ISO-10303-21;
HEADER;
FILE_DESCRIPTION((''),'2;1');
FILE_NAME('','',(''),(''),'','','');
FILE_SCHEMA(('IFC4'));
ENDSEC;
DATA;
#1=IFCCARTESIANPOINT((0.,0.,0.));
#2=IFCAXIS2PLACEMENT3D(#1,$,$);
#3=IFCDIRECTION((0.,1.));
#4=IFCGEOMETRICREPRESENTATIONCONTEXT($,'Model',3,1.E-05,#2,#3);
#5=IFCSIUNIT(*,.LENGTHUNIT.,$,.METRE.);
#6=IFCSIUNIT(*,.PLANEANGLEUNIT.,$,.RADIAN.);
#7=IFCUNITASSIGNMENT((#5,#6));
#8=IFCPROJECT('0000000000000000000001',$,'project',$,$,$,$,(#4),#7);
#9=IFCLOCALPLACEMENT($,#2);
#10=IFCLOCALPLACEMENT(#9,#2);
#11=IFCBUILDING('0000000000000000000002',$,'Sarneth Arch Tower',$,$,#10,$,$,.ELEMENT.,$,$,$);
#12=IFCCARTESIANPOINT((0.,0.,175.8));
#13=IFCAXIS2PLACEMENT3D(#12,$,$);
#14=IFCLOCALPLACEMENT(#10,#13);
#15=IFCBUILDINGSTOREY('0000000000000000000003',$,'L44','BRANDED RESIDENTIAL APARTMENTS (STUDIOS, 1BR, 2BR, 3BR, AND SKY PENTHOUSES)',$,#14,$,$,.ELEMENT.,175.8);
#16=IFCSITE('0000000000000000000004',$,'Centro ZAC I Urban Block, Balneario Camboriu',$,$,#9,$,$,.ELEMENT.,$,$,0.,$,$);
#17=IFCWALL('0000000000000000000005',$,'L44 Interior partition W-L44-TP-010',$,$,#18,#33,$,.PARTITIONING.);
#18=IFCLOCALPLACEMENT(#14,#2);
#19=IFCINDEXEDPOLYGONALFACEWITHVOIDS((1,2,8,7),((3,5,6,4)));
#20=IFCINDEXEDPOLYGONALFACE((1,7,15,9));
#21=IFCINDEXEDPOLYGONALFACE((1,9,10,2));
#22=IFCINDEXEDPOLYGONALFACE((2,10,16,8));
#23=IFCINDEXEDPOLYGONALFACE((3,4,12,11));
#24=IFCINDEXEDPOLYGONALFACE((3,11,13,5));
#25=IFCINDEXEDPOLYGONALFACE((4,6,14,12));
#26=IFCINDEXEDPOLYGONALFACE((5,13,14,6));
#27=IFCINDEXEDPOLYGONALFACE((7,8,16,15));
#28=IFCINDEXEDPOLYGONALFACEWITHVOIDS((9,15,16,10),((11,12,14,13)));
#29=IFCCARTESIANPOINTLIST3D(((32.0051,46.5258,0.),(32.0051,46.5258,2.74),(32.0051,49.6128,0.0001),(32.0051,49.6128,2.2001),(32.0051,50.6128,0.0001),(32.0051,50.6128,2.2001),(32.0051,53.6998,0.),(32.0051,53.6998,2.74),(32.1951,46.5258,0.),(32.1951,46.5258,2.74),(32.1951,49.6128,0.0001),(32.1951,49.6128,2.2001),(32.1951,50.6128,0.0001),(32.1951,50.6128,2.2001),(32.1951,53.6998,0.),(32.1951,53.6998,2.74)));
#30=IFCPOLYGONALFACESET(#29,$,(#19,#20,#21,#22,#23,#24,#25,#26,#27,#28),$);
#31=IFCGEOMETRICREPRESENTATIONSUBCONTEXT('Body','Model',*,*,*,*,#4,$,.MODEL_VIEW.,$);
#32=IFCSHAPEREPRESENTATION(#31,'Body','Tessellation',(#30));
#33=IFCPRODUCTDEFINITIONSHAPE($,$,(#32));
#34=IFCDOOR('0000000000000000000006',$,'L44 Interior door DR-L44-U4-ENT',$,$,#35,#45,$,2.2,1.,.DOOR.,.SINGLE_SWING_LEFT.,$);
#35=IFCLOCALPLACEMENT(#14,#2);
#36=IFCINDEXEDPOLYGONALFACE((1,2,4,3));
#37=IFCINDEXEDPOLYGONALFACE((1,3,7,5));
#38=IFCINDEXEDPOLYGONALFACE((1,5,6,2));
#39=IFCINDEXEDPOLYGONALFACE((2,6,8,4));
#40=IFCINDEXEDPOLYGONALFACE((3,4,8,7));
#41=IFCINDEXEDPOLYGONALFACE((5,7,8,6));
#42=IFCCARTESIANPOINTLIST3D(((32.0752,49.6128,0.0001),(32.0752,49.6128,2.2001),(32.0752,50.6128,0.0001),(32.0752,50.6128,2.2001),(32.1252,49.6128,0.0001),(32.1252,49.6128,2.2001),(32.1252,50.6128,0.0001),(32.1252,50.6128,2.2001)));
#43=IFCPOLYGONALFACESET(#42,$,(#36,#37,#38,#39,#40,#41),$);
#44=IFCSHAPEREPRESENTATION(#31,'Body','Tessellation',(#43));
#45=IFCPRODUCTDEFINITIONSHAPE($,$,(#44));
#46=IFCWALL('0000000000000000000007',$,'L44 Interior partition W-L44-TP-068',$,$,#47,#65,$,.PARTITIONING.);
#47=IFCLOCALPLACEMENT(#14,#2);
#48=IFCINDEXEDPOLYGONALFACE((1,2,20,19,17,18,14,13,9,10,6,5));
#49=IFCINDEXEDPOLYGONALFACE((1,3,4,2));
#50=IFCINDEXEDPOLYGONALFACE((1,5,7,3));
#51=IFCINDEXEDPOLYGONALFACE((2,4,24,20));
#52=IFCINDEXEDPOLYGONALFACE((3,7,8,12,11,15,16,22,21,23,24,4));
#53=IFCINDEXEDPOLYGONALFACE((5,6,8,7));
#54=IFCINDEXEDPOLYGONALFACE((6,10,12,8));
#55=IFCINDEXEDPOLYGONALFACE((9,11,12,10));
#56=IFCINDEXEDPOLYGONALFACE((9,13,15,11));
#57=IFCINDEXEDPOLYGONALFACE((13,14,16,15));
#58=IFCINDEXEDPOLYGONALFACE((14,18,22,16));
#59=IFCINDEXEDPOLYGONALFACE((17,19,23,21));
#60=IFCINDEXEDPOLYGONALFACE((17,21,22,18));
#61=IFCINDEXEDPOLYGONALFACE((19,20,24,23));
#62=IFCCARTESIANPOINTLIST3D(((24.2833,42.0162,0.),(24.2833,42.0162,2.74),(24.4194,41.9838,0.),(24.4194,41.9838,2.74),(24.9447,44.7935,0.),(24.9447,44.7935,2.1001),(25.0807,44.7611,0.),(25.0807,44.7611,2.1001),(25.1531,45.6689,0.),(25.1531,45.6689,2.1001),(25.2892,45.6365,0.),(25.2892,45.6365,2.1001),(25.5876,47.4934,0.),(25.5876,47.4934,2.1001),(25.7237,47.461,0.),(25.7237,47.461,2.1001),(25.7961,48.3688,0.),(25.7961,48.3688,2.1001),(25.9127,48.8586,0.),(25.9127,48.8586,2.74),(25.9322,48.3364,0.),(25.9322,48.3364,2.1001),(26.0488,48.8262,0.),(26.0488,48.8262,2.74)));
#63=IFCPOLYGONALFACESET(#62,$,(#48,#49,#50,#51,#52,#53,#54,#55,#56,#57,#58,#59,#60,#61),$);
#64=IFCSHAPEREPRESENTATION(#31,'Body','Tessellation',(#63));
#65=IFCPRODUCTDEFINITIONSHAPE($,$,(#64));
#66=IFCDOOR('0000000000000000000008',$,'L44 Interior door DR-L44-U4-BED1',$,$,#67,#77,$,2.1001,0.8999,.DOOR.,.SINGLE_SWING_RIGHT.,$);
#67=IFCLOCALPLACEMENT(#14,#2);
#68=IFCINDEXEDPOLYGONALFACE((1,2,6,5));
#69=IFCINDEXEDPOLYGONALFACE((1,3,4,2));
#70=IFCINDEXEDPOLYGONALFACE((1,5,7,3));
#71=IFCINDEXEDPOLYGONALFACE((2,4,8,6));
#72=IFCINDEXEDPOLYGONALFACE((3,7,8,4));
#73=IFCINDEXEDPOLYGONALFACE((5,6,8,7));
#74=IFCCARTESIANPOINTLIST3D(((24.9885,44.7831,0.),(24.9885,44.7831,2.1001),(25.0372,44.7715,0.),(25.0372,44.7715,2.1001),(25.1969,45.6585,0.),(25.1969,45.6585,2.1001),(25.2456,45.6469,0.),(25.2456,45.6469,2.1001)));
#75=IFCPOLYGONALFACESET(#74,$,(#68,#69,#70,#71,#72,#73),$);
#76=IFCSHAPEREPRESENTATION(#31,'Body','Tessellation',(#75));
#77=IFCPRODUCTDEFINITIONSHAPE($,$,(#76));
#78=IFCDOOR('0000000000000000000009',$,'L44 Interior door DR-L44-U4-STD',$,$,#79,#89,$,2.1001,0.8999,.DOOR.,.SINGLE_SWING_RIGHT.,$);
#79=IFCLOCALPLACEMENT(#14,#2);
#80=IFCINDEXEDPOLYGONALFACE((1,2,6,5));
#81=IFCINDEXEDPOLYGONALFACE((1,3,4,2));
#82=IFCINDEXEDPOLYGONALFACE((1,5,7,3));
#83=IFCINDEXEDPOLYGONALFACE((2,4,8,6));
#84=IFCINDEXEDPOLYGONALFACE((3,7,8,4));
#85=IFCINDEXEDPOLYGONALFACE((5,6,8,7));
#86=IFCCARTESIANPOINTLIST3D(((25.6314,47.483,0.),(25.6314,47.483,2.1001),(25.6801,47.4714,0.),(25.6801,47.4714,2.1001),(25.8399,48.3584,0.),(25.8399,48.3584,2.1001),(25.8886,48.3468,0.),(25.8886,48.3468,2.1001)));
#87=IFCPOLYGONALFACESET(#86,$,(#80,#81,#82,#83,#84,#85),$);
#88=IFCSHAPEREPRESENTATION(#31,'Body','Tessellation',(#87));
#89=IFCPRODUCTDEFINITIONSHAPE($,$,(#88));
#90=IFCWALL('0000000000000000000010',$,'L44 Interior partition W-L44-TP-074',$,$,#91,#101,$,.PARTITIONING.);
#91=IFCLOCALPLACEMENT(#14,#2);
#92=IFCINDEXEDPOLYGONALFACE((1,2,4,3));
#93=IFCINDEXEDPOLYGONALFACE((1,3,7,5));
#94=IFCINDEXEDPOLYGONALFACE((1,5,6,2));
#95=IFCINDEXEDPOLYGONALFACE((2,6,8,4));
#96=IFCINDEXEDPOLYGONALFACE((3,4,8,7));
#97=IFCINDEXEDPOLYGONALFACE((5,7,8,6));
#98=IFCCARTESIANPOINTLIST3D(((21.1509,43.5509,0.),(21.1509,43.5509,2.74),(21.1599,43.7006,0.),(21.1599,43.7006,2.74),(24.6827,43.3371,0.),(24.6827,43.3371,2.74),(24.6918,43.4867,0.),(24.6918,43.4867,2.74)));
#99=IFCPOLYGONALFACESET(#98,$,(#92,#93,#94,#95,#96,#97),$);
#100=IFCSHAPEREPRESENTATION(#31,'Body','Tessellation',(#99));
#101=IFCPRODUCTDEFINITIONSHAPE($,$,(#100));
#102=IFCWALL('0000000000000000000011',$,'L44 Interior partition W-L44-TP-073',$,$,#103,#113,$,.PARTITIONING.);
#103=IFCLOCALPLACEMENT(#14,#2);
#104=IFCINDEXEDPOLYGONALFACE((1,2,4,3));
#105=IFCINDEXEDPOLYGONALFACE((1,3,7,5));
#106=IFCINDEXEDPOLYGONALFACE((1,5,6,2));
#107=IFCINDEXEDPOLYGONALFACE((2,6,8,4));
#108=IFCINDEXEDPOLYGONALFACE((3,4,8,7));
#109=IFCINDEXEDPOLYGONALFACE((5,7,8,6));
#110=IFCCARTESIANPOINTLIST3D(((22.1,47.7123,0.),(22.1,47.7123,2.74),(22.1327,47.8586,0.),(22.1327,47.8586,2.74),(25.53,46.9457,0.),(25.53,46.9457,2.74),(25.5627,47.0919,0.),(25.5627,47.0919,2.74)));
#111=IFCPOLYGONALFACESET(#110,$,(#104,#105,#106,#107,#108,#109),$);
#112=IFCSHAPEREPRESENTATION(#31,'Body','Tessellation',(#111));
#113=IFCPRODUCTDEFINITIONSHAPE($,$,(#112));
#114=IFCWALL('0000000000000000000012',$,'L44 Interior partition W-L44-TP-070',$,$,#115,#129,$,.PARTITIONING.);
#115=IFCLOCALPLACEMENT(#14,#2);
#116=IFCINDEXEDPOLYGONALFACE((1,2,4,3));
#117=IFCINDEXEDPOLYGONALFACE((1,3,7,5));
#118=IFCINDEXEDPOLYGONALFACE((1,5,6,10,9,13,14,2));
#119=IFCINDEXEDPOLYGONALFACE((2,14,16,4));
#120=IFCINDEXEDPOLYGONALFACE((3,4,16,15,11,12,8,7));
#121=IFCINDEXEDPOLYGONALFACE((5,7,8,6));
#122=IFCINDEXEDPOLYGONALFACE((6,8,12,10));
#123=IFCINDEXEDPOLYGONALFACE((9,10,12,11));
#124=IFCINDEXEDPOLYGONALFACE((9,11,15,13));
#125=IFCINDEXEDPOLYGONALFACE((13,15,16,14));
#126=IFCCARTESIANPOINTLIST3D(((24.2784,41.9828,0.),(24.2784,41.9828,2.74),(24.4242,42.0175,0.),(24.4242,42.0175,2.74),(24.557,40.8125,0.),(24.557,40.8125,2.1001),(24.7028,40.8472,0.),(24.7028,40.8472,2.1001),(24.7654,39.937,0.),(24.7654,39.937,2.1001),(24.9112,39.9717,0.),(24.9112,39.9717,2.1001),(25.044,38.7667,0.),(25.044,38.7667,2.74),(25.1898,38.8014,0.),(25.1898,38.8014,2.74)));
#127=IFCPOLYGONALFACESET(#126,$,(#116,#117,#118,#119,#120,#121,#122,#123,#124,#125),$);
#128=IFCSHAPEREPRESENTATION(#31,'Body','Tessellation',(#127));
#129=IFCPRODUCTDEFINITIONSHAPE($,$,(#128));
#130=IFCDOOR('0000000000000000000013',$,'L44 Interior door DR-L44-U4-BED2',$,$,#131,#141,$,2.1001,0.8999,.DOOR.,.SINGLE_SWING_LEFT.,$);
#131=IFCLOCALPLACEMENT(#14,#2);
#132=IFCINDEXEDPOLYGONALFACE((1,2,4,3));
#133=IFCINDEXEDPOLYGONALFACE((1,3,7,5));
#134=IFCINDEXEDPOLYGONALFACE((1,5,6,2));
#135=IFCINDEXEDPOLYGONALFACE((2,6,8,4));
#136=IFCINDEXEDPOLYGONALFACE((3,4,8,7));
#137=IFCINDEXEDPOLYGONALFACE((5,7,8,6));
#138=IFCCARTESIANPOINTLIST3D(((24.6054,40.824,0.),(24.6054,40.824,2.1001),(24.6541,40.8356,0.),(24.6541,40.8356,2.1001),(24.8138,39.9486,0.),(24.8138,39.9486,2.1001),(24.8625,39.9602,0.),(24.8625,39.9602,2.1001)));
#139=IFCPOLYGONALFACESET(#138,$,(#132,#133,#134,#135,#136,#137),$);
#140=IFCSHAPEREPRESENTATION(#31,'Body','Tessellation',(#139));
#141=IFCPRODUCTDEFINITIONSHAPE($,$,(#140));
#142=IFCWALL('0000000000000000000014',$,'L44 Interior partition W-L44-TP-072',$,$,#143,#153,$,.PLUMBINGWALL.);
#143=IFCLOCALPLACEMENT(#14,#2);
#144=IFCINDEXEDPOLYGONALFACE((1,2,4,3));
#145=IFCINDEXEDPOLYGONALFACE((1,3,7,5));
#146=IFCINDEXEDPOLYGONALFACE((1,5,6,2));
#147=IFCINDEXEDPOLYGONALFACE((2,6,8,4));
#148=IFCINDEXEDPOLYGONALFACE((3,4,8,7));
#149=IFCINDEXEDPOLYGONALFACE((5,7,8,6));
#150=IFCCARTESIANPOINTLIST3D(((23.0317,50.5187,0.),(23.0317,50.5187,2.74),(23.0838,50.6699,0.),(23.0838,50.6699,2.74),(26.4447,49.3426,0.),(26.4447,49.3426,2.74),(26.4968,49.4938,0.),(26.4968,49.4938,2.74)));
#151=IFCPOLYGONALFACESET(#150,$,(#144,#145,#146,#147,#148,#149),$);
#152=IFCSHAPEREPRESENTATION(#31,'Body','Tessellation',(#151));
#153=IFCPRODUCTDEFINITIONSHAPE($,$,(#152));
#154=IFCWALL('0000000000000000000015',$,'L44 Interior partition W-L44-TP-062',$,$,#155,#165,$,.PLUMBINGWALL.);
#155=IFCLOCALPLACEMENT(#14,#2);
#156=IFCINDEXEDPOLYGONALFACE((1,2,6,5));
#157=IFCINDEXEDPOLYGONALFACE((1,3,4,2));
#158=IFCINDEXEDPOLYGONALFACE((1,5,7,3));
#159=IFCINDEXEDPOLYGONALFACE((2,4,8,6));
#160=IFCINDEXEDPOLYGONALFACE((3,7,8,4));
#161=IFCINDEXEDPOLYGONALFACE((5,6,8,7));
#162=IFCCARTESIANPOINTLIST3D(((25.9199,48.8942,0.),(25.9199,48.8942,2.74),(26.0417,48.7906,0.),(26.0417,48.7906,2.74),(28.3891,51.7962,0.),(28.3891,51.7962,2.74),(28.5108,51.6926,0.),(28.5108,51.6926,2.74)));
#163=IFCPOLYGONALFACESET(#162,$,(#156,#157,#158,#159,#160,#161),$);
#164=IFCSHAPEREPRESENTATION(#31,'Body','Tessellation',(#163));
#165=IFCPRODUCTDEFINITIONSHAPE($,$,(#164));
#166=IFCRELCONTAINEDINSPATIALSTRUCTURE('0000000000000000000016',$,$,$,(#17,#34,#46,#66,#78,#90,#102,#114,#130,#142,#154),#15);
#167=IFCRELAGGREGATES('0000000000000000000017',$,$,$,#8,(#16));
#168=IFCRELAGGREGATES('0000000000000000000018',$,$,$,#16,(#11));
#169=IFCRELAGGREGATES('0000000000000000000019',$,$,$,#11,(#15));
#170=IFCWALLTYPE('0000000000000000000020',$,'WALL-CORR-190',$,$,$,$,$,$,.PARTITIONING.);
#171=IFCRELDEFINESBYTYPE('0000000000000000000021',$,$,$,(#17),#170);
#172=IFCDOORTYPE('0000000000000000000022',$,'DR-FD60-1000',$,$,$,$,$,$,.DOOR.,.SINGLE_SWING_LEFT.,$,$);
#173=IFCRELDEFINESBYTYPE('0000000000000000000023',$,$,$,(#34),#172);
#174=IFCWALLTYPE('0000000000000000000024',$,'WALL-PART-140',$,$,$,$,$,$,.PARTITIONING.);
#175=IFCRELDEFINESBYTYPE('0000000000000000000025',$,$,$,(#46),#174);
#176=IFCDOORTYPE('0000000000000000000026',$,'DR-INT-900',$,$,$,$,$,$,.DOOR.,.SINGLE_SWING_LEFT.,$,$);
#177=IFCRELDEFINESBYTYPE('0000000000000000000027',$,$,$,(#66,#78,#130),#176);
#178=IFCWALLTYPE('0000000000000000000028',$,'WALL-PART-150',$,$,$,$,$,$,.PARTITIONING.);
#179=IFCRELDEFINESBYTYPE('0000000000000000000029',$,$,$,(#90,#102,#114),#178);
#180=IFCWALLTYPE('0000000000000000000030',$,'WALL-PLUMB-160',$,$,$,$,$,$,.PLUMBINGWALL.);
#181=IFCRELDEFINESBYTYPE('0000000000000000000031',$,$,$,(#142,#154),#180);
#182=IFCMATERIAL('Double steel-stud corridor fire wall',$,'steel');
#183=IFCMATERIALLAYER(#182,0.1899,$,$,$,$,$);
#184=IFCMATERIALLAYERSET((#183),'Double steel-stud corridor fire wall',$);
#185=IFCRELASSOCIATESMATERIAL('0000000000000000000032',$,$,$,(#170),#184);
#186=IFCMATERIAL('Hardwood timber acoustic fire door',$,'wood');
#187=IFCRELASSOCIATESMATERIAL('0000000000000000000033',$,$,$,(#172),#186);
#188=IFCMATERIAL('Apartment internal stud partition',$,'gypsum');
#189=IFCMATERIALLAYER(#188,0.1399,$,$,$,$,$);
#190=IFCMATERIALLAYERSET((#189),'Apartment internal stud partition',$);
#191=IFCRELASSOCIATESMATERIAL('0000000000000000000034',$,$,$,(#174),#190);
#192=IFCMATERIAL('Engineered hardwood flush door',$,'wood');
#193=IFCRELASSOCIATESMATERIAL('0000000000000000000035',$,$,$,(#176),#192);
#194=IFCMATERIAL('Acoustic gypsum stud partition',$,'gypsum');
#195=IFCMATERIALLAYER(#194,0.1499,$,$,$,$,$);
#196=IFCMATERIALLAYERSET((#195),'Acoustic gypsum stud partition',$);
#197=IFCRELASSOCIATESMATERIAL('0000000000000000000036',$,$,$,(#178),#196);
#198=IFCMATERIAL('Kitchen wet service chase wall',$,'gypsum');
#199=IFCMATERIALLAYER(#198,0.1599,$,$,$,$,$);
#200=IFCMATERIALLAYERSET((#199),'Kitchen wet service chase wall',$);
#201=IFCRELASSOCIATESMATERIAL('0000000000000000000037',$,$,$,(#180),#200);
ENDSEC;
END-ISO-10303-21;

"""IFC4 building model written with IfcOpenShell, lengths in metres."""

from ifc_helpers import new_model, si_unit, direction, frame, frame_2d, origin, place, context, subcontext, project, spatial, rectangle, extrude, material, layer, layer_set, type_object, element, fill, save


model = new_model("IFC4")

# Units and contexts
model_context = context("Model", 3, precision=1e-05, world=origin(), true_north=direction((0.0, 1.0)))
body_context = subcontext(model_context, "Body", "Model", "MODEL_VIEW")
ifc_project = project(units=[si_unit("LENGTHUNIT", "METRE"), si_unit("PLANEANGLEUNIT", "RADIAN")], contexts=[model_context])

# Site, building, storey
site_placement = place(None, origin())
site = spatial("IfcSite", under=ifc_project, at=site_placement, Name="Centro ZAC I Urban Block, Balneario Camboriu", CompositionType="ELEMENT", RefElevation=0.0)
building_placement = place(site_placement, origin())
building = spatial("IfcBuilding", under=site, at=building_placement, Name="Sarneth Arch Tower", CompositionType="ELEMENT")
storey_placement = place(building_placement, frame((0.0, 0.0, 175.8)))
storey = spatial("IfcBuildingStorey", under=building, at=storey_placement, Name="L44", Description="BRANDED RESIDENTIAL APARTMENTS (STUDIOS, 1BR, 2BR, 3BR, AND SKY PENTHOUSES)", CompositionType="ELEMENT", Elevation=175.8)

# Shared definitions
ifc_material_1 = material(Name="Double steel-stud corridor fire wall", Category="steel")
ifc_layer_1 = layer(ifc_material_1, 0.1899)
ifc_layer_set_1 = layer_set([ifc_layer_1], Name="Double steel-stud corridor fire wall")
wall_type_1 = type_object("IfcWallType", Name="WALL-CORR-190", PredefinedType="PARTITIONING", material=ifc_layer_set_1)

# Wall, opening, door
wall_1_placement = place(storey_placement, frame((32.1001, 46.5259, 0.0), z_axis=(0.0, 0.0, 1.0), x_axis=(0.0, 1.0, 0.0)))
wall_1 = element("IfcWall", 1, at=wall_1_placement, inside=storey, type_object=wall_type_1, Name="L44 Interior partition W-L44-TP-010", PredefinedType="PARTITIONING", context=body_context, shape_type="SweptSolid", body=[
    extrude(rectangle(XDim=7.1741, YDim=0.1899, at=frame_2d((3.5869, 0.0))), origin(), (0.0, 0.0, 1.0), 2.74),
])
opening_1_placement = place(wall_1_placement, frame((3.0869, 0.0, 0.0)))
opening_1 = element("IfcOpeningElement", 2, at=opening_1_placement, cuts=wall_1, PredefinedType="OPENING", context=body_context, shape_type="SweptSolid", body=[
    extrude(rectangle(XDim=1.0, YDim=2.2, at=frame_2d((0.5, 1.1001))), frame((0.0, 0.105, 0.0), z_axis=(0.0, -1.0, 0.0), x_axis=(1.0, 0.0, 0.0)), (0.0, 0.0, 1.0), 0.21),
])
ifc_material_2 = material(Name="Hardwood timber acoustic fire door", Category="wood")
door_type_1 = type_object("IfcDoorType", Name="DR-FD60-1000", OperationType="SINGLE_SWING_LEFT", PredefinedType="DOOR", material=ifc_material_2)
door_1_placement = place(opening_1_placement, origin())
door_1 = element("IfcDoor", 3, at=door_1_placement, inside=storey, type_object=door_type_1, Name="L44 Interior door DR-L44-U4-ENT", OperationType="SINGLE_SWING_LEFT", OverallHeight=2.2, OverallWidth=1.0, PredefinedType="DOOR", context=body_context, shape_type="SweptSolid", body=[
    extrude(rectangle(XDim=1.0, YDim=2.2, at=frame_2d((0.5, 1.1001))), frame((0.0, 0.0249, 0.0), z_axis=(0.0, -1.0, 0.0), x_axis=(1.0, 0.0, 0.0)), (0.0, 0.0, 1.0), 0.05),
])
fill(opening_1, door_1)

# Wall, openings, doors
ifc_material_3 = material(Name="Apartment internal stud partition", Category="gypsum")
ifc_layer_2 = layer(ifc_material_3, 0.1399)
ifc_layer_set_2 = layer_set([ifc_layer_2], Name="Apartment internal stud partition")
wall_type_2 = type_object("IfcWallType", Name="WALL-PART-140", PredefinedType="PARTITIONING", material=ifc_layer_set_2)
wall_2_placement = place(storey_placement, frame((24.3513, 42.0, 0.0), z_axis=(0.0, 0.0, 1.0), x_axis=(0.231658, 0.972797, 0.0)))
wall_2 = element("IfcWall", 4, at=wall_2_placement, inside=storey, type_object=wall_type_2, Name="L44 Interior partition W-L44-TP-068", PredefinedType="PARTITIONING", context=body_context, shape_type="SweptSolid", body=[
    extrude(rectangle(XDim=7.0337, YDim=0.1399, at=frame_2d((3.5168, 0.0))), origin(), (0.0, 0.0, 1.0), 2.74),
])
opening_2_placement = place(wall_2_placement, frame((2.855, 0.0, 0.0)))
opening_2 = element("IfcOpeningElement", 5, at=opening_2_placement, cuts=wall_2, PredefinedType="OPENING", context=body_context, shape_type="SweptSolid", body=[
    extrude(rectangle(XDim=0.8999, YDim=2.1001, at=frame_2d((0.45, 1.05))), frame((0.0, 0.0798, 0.0), z_axis=(0.0, -1.0, 0.0), x_axis=(1.0, 0.0, 0.0)), (0.0, 0.0, 1.0), 0.1599),
])
opening_3_placement = place(wall_2_placement, frame((5.6304, 0.0, 0.0)))
opening_3 = element("IfcOpeningElement", 6, at=opening_3_placement, cuts=wall_2, PredefinedType="OPENING", context=body_context, shape_type="SweptSolid", body=[
    extrude(rectangle(XDim=0.8999, YDim=2.1001, at=frame_2d((0.45, 1.05))), frame((0.0, 0.0798, 0.0), z_axis=(0.0, -1.0, 0.0), x_axis=(1.0, 0.0, 0.0)), (0.0, 0.0, 1.0), 0.1599),
])
ifc_material_4 = material(Name="Engineered hardwood flush door", Category="wood")
door_type_2 = type_object("IfcDoorType", Name="DR-INT-900", OperationType="SINGLE_SWING_LEFT", PredefinedType="DOOR", material=ifc_material_4)
door_2_placement = place(opening_2_placement, origin())
door_2 = element("IfcDoor", 7, at=door_2_placement, inside=storey, type_object=door_type_2, Name="L44 Interior door DR-L44-U4-BED1", OperationType="SINGLE_SWING_RIGHT", OverallHeight=2.1001, OverallWidth=0.8999, PredefinedType="DOOR", context=body_context, shape_type="SweptSolid", body=[
    extrude(rectangle(XDim=0.8999, YDim=2.1001, at=frame_2d((0.45, 1.05))), frame((0.0, 0.0249, 0.0), z_axis=(0.0, -1.0, 0.0), x_axis=(1.0, 0.0, 0.0)), (0.0, 0.0, 1.0), 0.05),
])
fill(opening_2, door_2)
door_3_placement = place(opening_3_placement, origin())
door_3 = element("IfcDoor", 8, at=door_3_placement, inside=storey, type_object=door_type_2, Name="L44 Interior door DR-L44-U4-STD", OperationType="SINGLE_SWING_RIGHT", OverallHeight=2.1001, OverallWidth=0.8999, PredefinedType="DOOR", context=body_context, shape_type="SweptSolid", body=[
    extrude(rectangle(XDim=0.8999, YDim=2.1001, at=frame_2d((0.45, 1.05))), frame((0.0, 0.0249, 0.0), z_axis=(0.0, -1.0, 0.0), x_axis=(1.0, 0.0, 0.0)), (0.0, 0.0, 1.0), 0.05),
])
fill(opening_3, door_3)

# Walls
ifc_material_5 = material(Name="Acoustic gypsum stud partition", Category="gypsum")
ifc_layer_3 = layer(ifc_material_5, 0.1499)
ifc_layer_set_3 = layer_set([ifc_layer_3], Name="Acoustic gypsum stud partition")
wall_type_3 = type_object("IfcWallType", Name="WALL-PART-150", PredefinedType="PARTITIONING", material=ifc_layer_set_3)
wall_3_placement = place(storey_placement, frame((21.1555, 43.6257, 0.0), z_axis=(0.0, 0.0, 1.0), x_axis=(0.998172, -0.060441, 0.0)))
element("IfcWall", 9, at=wall_3_placement, inside=storey, type_object=wall_type_3, Name="L44 Interior partition W-L44-TP-074", PredefinedType="PARTITIONING", context=body_context, shape_type="SweptSolid", body=[
    extrude(rectangle(XDim=3.5383, YDim=0.1499, at=frame_2d((1.769, 0.0))), origin(), (0.0, 0.0, 1.0), 2.74),
])
wall_4_placement = place(storey_placement, frame((25.5464, 47.0188, 0.0), z_axis=(0.0, 0.0, 1.0), x_axis=(-0.975922, 0.218122, 0.0)))
element("IfcWall", 10, at=wall_4_placement, inside=storey, type_object=wall_type_3, Name="L44 Interior partition W-L44-TP-073", PredefinedType="PARTITIONING", context=body_context, shape_type="SweptSolid", body=[
    extrude(rectangle(XDim=3.5146, YDim=0.1499, at=frame_2d((1.7573, 0.0))), origin(), (0.0, 0.0, 1.0), 2.74),
])

# Wall, opening, door
wall_5_placement = place(storey_placement, frame((24.3513, 42.0, 0.0), z_axis=(0.0, 0.0, 1.0), x_axis=(0.231591, -0.972813, 0.0)))
wall_5 = element("IfcWall", 11, at=wall_5_placement, inside=storey, type_object=wall_type_3, Name="L44 Interior partition W-L44-TP-070", PredefinedType="PARTITIONING", context=body_context, shape_type="SweptSolid", body=[
    extrude(rectangle(XDim=3.3059, YDim=0.1499, at=frame_2d((1.6528, 0.0))), origin(), (0.0, 0.0, 1.0), 2.74),
])
opening_4_placement = place(wall_5_placement, frame((1.2029, 0.0, 0.0)))
opening_4 = element("IfcOpeningElement", 12, at=opening_4_placement, cuts=wall_5, PredefinedType="OPENING", context=body_context, shape_type="SweptSolid", body=[
    extrude(rectangle(XDim=0.8999, YDim=2.1001, at=frame_2d((0.45, 1.05))), frame((0.0, 0.085, 0.0), z_axis=(0.0, -1.0, 0.0), x_axis=(1.0, 0.0, 0.0)), (0.0, 0.0, 1.0), 0.1699),
])
door_4_placement = place(opening_4_placement, origin())
door_4 = element("IfcDoor", 13, at=door_4_placement, inside=storey, type_object=door_type_2, Name="L44 Interior door DR-L44-U4-BED2", OperationType="SINGLE_SWING_LEFT", OverallHeight=2.1001, OverallWidth=0.8999, PredefinedType="DOOR", context=body_context, shape_type="SweptSolid", body=[
    extrude(rectangle(XDim=0.8999, YDim=2.1001, at=frame_2d((0.45, 1.05))), frame((0.0, 0.0249, 0.0), z_axis=(0.0, -1.0, 0.0), x_axis=(1.0, 0.0, 0.0)), (0.0, 0.0, 1.0), 0.05),
])
fill(opening_4, door_4)

# Walls
ifc_material_6 = material(Name="Kitchen wet service chase wall", Category="gypsum")
ifc_layer_4 = layer(ifc_material_6, 0.1599)
ifc_layer_set_4 = layer_set([ifc_layer_4], Name="Kitchen wet service chase wall")
wall_type_4 = type_object("IfcWallType", Name="WALL-PLUMB-160", PredefinedType="PLUMBINGWALL", material=ifc_layer_set_4)
wall_6_placement = place(storey_placement, frame((26.4707, 49.4182, 0.0), z_axis=(0.0, 0.0, 1.0), x_axis=(-0.945443, 0.325788, 0.0)))
element("IfcWall", 14, at=wall_6_placement, inside=storey, type_object=wall_type_4, Name="L44 Interior partition W-L44-TP-072", PredefinedType="PLUMBINGWALL", context=body_context, shape_type="SweptSolid", body=[
    extrude(rectangle(XDim=3.6099, YDim=0.1599, at=frame_2d((1.8049, 0.0))), origin(), (0.0, 0.0, 1.0), 2.74),
])
wall_7_placement = place(storey_placement, frame((25.9807, 48.8423, 0.0), z_axis=(0.0, 0.0, 1.0), x_axis=(0.648022, 0.761621, 0.0)))
element("IfcWall", 15, at=wall_7_placement, inside=storey, type_object=wall_type_4, Name="L44 Interior partition W-L44-TP-062", PredefinedType="PLUMBINGWALL", context=body_context, shape_type="SweptSolid", body=[
    extrude(rectangle(XDim=3.8103, YDim=0.1599, at=frame_2d((1.9053, 0.0))), origin(), (0.0, 0.0, 1.0), 2.74),
])

save(model, "model.ifc")
